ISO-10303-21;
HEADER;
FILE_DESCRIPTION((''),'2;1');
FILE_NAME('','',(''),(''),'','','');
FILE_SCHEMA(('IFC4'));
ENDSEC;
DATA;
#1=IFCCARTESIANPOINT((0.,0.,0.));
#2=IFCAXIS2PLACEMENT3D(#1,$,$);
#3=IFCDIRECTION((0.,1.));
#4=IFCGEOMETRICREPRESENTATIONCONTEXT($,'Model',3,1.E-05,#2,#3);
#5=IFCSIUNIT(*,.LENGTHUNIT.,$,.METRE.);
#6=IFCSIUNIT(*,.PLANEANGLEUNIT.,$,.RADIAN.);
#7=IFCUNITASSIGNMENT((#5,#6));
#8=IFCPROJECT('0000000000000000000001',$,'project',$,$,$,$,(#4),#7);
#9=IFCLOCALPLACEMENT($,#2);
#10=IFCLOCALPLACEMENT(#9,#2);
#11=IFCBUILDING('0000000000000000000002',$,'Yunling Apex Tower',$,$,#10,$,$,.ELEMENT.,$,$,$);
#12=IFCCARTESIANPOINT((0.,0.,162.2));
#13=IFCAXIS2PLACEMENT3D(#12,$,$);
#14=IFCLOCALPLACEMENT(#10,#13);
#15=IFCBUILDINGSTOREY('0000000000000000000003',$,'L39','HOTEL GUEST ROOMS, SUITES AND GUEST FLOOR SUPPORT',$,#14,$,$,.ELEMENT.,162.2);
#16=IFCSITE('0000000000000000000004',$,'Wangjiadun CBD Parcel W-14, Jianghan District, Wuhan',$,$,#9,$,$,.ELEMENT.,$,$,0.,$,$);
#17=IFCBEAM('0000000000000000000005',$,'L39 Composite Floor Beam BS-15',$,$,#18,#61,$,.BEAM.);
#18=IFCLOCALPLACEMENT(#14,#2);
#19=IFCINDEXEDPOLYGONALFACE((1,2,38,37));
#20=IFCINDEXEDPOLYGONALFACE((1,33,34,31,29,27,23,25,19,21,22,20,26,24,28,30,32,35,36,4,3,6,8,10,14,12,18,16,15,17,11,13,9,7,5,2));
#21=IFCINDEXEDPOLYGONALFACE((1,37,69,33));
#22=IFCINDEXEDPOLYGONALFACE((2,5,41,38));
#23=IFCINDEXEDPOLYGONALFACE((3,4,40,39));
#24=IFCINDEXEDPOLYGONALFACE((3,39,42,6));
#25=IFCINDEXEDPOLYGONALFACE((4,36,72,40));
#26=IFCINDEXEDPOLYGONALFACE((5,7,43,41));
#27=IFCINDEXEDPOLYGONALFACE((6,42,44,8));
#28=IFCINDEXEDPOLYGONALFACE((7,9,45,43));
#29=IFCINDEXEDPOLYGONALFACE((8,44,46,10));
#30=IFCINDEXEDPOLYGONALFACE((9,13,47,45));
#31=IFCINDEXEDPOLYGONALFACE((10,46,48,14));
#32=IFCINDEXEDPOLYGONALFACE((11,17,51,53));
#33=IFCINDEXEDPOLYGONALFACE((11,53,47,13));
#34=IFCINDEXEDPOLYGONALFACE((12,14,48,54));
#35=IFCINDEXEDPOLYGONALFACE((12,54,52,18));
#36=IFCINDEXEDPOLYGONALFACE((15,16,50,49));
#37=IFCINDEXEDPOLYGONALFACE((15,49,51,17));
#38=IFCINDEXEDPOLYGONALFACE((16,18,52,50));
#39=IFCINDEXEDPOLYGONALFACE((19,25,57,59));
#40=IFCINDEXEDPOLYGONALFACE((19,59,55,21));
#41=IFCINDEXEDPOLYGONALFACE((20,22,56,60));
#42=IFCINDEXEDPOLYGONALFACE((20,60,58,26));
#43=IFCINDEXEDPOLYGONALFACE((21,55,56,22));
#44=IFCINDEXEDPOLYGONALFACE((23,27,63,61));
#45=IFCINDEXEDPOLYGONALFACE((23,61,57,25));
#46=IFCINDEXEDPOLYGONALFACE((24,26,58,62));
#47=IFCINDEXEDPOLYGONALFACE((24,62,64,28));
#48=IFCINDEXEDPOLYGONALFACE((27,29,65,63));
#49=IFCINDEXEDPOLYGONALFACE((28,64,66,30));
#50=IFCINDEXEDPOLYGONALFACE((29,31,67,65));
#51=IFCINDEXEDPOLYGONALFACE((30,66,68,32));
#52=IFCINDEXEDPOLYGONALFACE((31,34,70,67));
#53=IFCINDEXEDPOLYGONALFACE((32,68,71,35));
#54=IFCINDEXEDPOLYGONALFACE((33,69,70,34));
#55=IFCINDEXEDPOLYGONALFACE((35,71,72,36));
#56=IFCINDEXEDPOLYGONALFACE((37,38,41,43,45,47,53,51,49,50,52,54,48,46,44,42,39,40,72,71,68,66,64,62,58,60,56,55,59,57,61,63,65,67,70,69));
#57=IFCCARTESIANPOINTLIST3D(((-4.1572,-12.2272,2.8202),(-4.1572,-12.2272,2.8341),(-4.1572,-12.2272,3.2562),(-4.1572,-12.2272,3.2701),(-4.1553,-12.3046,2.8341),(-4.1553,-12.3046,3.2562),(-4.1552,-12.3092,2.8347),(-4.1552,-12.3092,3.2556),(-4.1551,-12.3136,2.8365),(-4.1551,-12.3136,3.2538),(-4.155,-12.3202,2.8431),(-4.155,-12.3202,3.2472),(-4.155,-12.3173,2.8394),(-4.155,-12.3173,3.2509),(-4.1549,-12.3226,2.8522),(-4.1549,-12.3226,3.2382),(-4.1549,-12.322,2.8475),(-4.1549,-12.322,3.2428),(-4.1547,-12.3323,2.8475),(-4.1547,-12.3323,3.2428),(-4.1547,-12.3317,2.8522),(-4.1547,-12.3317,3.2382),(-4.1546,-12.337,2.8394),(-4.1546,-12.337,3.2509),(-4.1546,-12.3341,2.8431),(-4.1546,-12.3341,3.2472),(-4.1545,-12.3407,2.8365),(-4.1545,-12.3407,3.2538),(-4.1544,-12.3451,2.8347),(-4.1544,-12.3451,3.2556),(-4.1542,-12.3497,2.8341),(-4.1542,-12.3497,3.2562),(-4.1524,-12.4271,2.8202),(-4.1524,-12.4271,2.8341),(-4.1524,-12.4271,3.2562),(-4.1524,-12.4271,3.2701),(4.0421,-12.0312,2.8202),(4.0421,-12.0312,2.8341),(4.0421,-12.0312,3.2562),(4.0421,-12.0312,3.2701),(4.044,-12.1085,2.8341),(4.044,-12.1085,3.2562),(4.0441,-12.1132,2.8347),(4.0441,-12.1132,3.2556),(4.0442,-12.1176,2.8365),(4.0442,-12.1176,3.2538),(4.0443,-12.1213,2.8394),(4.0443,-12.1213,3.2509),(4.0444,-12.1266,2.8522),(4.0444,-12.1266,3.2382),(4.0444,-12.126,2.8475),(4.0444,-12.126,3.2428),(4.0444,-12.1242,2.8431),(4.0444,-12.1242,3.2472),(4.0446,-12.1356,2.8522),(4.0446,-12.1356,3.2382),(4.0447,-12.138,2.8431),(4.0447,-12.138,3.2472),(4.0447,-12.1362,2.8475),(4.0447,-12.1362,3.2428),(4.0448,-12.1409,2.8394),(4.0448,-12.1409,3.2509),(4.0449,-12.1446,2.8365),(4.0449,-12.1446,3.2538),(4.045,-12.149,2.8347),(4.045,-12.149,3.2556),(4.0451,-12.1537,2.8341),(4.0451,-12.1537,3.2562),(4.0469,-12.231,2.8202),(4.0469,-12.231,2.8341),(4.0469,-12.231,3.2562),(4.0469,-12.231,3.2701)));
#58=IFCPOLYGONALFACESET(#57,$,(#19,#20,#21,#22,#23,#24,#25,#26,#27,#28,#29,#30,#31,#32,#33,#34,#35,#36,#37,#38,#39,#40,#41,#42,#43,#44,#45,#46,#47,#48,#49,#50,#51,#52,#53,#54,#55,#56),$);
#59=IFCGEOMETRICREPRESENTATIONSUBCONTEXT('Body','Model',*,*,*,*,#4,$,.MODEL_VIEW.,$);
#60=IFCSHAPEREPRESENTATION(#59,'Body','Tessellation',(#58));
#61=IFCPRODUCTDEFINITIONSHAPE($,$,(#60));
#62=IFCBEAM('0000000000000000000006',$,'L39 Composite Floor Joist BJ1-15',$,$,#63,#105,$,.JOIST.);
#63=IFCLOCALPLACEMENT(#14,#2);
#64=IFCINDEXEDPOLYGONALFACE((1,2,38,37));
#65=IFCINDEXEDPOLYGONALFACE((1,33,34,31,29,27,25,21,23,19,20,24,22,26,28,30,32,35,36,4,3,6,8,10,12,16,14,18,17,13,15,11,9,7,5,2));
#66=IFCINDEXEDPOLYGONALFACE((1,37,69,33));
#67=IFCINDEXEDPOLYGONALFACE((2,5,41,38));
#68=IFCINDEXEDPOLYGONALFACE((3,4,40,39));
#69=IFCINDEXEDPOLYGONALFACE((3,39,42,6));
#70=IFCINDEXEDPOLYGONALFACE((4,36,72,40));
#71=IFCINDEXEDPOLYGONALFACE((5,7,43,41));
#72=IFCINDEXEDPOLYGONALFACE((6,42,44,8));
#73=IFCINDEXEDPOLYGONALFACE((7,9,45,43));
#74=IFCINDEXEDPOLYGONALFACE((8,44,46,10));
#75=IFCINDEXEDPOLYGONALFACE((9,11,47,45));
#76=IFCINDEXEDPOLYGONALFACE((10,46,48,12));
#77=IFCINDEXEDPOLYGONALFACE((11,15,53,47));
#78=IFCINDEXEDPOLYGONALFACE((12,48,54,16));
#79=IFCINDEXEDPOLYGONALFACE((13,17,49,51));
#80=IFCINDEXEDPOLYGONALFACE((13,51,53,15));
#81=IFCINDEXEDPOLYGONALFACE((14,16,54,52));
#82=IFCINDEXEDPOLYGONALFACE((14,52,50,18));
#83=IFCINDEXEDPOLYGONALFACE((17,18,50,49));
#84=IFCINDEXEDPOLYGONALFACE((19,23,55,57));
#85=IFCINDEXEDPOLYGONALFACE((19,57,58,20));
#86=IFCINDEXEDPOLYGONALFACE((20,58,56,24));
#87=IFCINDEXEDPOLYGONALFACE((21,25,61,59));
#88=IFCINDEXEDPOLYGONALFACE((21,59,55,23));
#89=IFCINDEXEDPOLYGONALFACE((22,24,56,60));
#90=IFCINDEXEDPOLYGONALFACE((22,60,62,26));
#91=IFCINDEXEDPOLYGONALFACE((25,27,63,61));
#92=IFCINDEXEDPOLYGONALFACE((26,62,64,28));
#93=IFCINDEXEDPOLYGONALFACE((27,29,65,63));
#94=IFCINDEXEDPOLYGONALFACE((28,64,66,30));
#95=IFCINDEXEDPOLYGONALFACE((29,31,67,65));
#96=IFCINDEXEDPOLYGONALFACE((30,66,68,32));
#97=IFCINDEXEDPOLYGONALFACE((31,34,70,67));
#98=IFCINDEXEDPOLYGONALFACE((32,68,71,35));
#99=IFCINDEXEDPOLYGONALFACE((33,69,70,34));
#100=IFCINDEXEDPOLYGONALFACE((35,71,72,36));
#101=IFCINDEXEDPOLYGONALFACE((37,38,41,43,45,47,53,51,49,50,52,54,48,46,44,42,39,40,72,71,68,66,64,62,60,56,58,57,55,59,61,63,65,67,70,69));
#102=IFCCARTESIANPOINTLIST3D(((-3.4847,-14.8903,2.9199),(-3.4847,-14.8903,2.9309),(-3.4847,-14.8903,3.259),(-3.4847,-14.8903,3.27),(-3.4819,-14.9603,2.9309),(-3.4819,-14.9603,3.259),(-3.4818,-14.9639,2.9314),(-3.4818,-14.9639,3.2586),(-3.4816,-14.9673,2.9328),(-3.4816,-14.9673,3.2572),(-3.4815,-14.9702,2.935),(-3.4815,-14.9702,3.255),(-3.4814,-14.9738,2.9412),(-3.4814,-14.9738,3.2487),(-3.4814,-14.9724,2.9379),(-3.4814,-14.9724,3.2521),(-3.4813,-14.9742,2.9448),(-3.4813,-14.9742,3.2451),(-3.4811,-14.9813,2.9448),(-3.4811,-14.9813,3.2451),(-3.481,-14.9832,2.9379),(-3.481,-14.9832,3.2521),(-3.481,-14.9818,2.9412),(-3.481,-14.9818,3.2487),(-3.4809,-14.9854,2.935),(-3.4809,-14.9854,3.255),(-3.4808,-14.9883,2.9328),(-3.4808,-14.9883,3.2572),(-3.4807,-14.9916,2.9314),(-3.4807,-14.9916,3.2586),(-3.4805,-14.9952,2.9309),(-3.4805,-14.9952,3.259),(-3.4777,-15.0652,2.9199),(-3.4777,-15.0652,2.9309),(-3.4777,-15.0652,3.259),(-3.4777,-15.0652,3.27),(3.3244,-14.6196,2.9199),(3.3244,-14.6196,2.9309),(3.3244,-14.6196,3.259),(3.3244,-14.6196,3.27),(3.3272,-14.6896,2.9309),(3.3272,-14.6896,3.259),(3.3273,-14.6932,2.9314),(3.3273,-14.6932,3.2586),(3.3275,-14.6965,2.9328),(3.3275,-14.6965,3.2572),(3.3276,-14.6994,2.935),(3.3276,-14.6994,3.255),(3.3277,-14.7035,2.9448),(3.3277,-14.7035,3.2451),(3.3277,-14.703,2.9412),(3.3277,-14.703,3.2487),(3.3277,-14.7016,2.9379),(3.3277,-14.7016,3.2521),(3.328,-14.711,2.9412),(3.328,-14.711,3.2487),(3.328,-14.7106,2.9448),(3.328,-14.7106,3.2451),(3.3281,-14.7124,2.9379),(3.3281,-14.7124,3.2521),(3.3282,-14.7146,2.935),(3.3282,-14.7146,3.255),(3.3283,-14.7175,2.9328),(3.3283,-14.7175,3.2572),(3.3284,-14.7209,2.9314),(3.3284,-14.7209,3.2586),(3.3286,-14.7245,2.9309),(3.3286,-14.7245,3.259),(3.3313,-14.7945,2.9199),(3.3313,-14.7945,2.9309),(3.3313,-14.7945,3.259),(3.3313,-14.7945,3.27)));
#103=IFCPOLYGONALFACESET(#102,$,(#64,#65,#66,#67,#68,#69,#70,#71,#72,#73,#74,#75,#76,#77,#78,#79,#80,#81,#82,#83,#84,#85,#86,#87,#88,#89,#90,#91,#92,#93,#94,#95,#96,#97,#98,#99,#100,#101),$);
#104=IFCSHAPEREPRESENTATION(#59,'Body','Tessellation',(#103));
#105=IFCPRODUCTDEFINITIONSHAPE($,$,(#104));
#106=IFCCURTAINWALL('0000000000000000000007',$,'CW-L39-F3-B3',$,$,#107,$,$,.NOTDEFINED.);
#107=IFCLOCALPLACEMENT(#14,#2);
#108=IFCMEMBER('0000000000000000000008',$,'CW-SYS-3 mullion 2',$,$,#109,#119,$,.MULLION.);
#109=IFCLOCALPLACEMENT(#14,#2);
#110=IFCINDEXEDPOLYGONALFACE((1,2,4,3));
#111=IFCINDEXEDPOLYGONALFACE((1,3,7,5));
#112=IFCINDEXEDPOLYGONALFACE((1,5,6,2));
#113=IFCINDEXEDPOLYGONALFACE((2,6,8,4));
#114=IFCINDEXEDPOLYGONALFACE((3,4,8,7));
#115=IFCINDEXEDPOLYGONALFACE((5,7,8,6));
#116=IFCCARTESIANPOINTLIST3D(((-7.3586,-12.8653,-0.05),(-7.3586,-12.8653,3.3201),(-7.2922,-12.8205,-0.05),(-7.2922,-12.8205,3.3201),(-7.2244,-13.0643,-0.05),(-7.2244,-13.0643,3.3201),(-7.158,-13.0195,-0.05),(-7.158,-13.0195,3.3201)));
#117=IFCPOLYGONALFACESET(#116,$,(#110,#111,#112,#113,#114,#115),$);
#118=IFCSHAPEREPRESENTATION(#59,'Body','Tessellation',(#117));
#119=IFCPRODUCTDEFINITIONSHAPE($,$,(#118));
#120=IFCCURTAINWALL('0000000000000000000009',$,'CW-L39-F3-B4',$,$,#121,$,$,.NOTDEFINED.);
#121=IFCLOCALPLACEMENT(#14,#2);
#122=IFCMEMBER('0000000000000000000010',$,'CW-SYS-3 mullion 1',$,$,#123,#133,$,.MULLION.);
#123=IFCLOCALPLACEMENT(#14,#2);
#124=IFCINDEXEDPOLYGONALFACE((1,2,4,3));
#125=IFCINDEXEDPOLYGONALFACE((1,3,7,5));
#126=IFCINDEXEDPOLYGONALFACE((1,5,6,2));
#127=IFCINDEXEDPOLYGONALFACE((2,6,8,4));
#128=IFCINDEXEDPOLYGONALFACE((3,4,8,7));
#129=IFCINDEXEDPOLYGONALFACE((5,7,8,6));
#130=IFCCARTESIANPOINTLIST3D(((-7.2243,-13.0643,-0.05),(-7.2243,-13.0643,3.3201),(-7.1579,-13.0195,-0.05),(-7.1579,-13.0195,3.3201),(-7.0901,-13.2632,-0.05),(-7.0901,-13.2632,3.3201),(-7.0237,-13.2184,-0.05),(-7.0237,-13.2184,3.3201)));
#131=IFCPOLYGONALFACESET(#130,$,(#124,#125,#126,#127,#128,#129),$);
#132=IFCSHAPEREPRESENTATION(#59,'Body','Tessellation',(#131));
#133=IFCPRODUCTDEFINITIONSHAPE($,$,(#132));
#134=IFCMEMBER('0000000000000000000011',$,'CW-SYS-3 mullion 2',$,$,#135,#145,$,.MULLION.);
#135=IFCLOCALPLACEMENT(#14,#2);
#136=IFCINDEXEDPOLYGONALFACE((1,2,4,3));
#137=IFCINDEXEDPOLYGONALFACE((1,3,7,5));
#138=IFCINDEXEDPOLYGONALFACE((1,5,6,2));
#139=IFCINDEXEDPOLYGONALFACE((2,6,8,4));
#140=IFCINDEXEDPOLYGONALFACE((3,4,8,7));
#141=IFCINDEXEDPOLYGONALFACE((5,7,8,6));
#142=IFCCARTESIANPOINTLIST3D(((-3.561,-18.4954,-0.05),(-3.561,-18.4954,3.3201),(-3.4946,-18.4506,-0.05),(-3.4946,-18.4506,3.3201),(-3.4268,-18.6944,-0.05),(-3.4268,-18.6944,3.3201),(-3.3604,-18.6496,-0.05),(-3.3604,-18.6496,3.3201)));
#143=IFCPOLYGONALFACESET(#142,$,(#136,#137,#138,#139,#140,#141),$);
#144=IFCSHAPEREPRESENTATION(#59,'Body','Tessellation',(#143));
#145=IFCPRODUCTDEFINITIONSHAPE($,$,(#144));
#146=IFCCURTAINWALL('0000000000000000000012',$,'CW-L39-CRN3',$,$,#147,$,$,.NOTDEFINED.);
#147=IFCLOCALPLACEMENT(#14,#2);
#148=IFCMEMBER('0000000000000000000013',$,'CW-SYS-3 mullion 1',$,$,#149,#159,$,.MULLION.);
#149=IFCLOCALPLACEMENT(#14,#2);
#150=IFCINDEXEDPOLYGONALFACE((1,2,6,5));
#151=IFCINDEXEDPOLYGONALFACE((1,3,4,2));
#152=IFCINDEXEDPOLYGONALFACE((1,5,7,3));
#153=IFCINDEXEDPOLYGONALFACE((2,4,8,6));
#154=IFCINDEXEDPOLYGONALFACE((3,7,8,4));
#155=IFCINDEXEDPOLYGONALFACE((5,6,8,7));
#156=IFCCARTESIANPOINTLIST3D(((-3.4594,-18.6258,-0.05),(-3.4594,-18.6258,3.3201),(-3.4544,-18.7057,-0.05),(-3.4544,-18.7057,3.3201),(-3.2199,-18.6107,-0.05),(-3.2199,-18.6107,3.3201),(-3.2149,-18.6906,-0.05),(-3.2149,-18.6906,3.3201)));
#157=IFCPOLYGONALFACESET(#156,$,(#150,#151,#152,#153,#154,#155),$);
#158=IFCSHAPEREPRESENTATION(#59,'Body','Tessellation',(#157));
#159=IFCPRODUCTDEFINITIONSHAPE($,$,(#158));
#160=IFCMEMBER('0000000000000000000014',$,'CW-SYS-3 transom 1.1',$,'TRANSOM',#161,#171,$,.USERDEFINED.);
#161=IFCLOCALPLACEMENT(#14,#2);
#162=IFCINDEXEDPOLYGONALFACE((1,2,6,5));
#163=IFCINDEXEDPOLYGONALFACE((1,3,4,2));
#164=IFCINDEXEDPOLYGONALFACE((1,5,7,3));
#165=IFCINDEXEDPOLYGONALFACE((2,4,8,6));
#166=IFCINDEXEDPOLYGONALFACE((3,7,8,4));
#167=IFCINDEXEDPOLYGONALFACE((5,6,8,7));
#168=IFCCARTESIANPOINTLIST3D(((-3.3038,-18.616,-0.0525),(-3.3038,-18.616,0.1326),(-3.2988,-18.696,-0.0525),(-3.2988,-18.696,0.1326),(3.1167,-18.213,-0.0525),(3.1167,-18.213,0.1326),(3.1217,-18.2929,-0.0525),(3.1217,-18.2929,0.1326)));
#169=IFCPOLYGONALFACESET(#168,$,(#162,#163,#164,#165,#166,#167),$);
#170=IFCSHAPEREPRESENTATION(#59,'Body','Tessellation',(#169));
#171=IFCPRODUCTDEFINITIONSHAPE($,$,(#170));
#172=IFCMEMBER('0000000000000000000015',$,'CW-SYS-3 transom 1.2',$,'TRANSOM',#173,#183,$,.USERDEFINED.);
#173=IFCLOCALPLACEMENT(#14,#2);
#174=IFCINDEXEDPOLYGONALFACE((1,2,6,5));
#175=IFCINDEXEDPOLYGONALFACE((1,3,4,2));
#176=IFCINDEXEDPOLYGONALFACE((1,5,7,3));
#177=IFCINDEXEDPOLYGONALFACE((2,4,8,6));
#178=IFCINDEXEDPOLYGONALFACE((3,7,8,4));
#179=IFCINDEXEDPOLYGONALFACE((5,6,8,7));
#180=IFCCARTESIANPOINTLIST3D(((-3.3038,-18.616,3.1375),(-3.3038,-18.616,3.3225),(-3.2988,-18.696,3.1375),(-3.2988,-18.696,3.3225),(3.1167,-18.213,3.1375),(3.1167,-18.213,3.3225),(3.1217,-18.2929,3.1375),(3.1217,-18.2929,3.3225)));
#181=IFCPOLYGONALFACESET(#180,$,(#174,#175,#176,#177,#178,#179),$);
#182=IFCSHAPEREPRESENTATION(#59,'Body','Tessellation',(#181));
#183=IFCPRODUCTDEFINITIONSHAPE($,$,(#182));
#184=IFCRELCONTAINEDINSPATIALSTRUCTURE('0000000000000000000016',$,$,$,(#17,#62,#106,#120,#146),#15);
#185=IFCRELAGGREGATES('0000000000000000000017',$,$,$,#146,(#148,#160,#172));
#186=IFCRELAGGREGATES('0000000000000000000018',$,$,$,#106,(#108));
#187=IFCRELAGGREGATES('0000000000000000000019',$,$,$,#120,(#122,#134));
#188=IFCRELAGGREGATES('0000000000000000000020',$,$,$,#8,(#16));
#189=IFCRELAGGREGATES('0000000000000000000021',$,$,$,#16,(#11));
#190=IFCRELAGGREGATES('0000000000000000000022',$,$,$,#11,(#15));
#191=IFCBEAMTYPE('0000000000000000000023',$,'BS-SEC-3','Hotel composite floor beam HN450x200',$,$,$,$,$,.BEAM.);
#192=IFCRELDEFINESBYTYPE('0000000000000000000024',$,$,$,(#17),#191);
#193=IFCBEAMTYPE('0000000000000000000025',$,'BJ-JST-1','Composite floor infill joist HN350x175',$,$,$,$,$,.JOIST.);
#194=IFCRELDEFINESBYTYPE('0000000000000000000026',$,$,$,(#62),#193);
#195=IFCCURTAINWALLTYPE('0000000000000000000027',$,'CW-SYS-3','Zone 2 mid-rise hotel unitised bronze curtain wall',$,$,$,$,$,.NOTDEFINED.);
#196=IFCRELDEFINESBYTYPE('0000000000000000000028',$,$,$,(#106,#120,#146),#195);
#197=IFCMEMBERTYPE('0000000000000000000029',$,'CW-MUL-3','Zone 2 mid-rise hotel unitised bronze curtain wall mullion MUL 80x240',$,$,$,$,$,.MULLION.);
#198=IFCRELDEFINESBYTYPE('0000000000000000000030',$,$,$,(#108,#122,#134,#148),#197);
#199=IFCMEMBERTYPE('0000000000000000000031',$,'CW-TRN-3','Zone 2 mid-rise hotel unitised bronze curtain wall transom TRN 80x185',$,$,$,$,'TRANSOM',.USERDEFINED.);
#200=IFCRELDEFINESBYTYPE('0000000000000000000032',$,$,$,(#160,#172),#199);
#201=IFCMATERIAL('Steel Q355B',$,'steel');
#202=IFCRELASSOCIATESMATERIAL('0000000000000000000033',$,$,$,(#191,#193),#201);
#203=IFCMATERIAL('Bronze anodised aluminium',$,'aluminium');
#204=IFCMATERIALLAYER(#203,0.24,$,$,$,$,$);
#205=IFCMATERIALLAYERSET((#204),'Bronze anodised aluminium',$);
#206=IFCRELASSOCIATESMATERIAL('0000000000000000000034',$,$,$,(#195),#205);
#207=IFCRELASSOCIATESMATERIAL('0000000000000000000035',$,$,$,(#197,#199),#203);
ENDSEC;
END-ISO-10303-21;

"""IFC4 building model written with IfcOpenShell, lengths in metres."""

from ifc_helpers import new_model, si_unit, direction, frame, origin, origin_2d, place, context, subcontext, project, spatial, rectangle, i_section, extrude, source, transform, mapped, material, layer, layer_set, material_profile, profile_set, type_object, element, aggregate, save


model = new_model("IFC4")

# Units and contexts
model_context = context("Model", 3, precision=1e-05, world=origin(), true_north=direction((0.0, 1.0)))
body_context = subcontext(model_context, "Body", "Model", "MODEL_VIEW")
ifc_project = project(units=[si_unit("LENGTHUNIT", "METRE"), si_unit("PLANEANGLEUNIT", "RADIAN")], contexts=[model_context])

# Site, building, storey
site_placement = place(None, origin())
site = spatial("IfcSite", under=ifc_project, at=site_placement, Name="Wangjiadun CBD Parcel W-14, Jianghan District, Wuhan", CompositionType="ELEMENT", RefElevation=0.0)
building_placement = place(site_placement, origin())
building = spatial("IfcBuilding", under=site, at=building_placement, Name="Yunling Apex Tower", CompositionType="ELEMENT")
storey_placement = place(building_placement, frame((0.0, 0.0, 162.2)))
storey = spatial("IfcBuildingStorey", under=building, at=storey_placement, Name="L39", Description="HOTEL GUEST ROOMS, SUITES AND GUEST FLOOR SUPPORT", CompositionType="ELEMENT", Elevation=162.2)

# Beams
ifc_material_1 = material(Name="Steel Q355B", Category="steel")
ifc_material_profile_1 = material_profile(ifc_material_1, i_section(OverallWidth=0.2, OverallDepth=0.45, WebThickness=0.009, FlangeThickness=0.0139, FilletRadius=0.0181, at=origin_2d()))
ifc_profile_set_1 = profile_set([ifc_material_profile_1], Name="Steel Q355B")
beam_type_1 = type_object("IfcBeamType", Name="BS-SEC-3", Description="Hotel composite floor beam HN450x200", PredefinedType="BEAM", material=ifc_profile_set_1)
shared_shape_1 = source(origin(), body_context, "Body", "SweptSolid", [
    extrude(i_section(OverallWidth=0.2, OverallDepth=0.45, WebThickness=0.009, FlangeThickness=0.0139, FilletRadius=0.0181, at=origin_2d()), origin(), (0.0, 0.0, 1.0), 8.2017),
])
beam_1_placement = place(storey_placement, frame((-4.1548, -12.3271, 3.0452), z_axis=(0.999714, 0.023903, 0.0), x_axis=(-0.023903, 0.999714, 0.0)))
element("IfcBeam", 1, at=beam_1_placement, inside=storey, type_object=beam_type_1, Name="L39 Composite Floor Beam BS-15", PredefinedType="BEAM", context=body_context, shape_type="MappedRepresentation", body=[
    mapped(shared_shape_1, transform((0.0, 0.0, 0.0), scale=1.0)),
])
ifc_material_profile_2 = material_profile(ifc_material_1, i_section(OverallWidth=0.175, OverallDepth=0.3501, WebThickness=0.0071, FlangeThickness=0.011, FilletRadius=0.0139, at=origin_2d()))
ifc_profile_set_2 = profile_set([ifc_material_profile_2], Name="Steel Q355B")
beam_type_2 = type_object("IfcBeamType", Name="BJ-JST-1", Description="Composite floor infill joist HN350x175", PredefinedType="JOIST", material=ifc_profile_set_2)
shared_shape_2 = source(origin(), body_context, "Body", "SweptSolid", [
    extrude(i_section(OverallWidth=0.175, OverallDepth=0.3501, WebThickness=0.0071, FlangeThickness=0.011, FilletRadius=0.0139, at=origin_2d()), origin(), (0.0, 0.0, 1.0), 6.8145),
])
beam_2_placement = place(storey_placement, frame((-3.4812, -14.9778, 3.095), z_axis=(0.99921, 0.039732, 0.0), x_axis=(-0.039732, 0.99921, 0.0)))
element("IfcBeam", 2, at=beam_2_placement, inside=storey, type_object=beam_type_2, Name="L39 Composite Floor Joist BJ1-15", PredefinedType="JOIST", context=body_context, shape_type="MappedRepresentation", body=[
    mapped(shared_shape_2, transform((0.0, 0.0, 0.0), scale=1.0)),
])

# Curtain wall, member
ifc_material_2 = material(Name="Bronze anodised aluminium", Category="aluminium")
ifc_layer_1 = layer(ifc_material_2, 0.24)
ifc_layer_set_1 = layer_set([ifc_layer_1], Name="Bronze anodised aluminium")
curtain_wall_type = type_object("IfcCurtainWallType", Name="CW-SYS-3", Description="Zone 2 mid-rise hotel unitised bronze curtain wall", PredefinedType="NOTDEFINED", material=ifc_layer_set_1)
curtain_wall_1_placement = place(storey_placement, origin())
curtain_wall_1 = element("IfcCurtainWall", 3, at=curtain_wall_1_placement, inside=storey, type_object=curtain_wall_type, Name="CW-L39-F3-B3", PredefinedType="NOTDEFINED")
ifc_material_profile_3 = material_profile(ifc_material_2, rectangle(XDim=0.0801, YDim=0.24, at=origin_2d()))
ifc_profile_set_3 = profile_set([ifc_material_profile_3], Name="Bronze anodised aluminium")
member_type_1 = type_object("IfcMemberType", Name="CW-MUL-3", Description="Zone 2 mid-rise hotel unitised bronze curtain wall mullion MUL 80x240", PredefinedType="MULLION", material=ifc_profile_set_3)
shared_shape_3 = source(origin(), body_context, "Body", "SweptSolid", [
    extrude(rectangle(XDim=0.0801, YDim=0.24, at=origin_2d()), origin(), (0.0, 0.0, 1.0), 3.3701),
])
member_1_placement = place(storey_placement, frame((-7.2583, -12.9424, -0.05), z_axis=(0.0, 0.0, 1.0), x_axis=(0.829041, 0.559188, 0.0)))
member_1 = element("IfcMember", 4, at=member_1_placement, type_object=member_type_1, Name="CW-SYS-3 mullion 2", PredefinedType="MULLION", context=body_context, shape_type="MappedRepresentation", body=[
    mapped(shared_shape_3, transform((0.0, 0.0, 0.0), scale=1.0)),
])

# Curtain walls, members
curtain_wall_2_placement = place(storey_placement, origin())
curtain_wall_2 = element("IfcCurtainWall", 5, at=curtain_wall_2_placement, inside=storey, type_object=curtain_wall_type, Name="CW-L39-F3-B4", PredefinedType="NOTDEFINED")
member_2_placement = place(storey_placement, frame((-7.124, -13.1414, -0.05), z_axis=(0.0, 0.0, 1.0), x_axis=(0.829045, 0.559181, 0.0)))
member_2 = element("IfcMember", 6, at=member_2_placement, type_object=member_type_1, Name="CW-SYS-3 mullion 1", PredefinedType="MULLION", context=body_context, shape_type="MappedRepresentation", body=[
    mapped(shared_shape_3, transform((0.0, 0.0, 0.0), scale=1.0)),
])
member_3_placement = place(storey_placement, frame((-3.4607, -18.5725, -0.05), z_axis=(0.0, 0.0, 1.0), x_axis=(0.829045, 0.559181, 0.0)))
member_3 = element("IfcMember", 7, at=member_3_placement, type_object=member_type_1, Name="CW-SYS-3 mullion 2", PredefinedType="MULLION", context=body_context, shape_type="MappedRepresentation", body=[
    mapped(shared_shape_3, transform((0.0, 0.0, 0.0), scale=1.0)),
])
curtain_wall_3_placement = place(storey_placement, origin())
curtain_wall_3 = element("IfcCurtainWall", 8, at=curtain_wall_3_placement, inside=storey, type_object=curtain_wall_type, Name="CW-L39-CRN3", PredefinedType="NOTDEFINED")
member_4_placement = place(storey_placement, frame((-3.3372, -18.6582, -0.05), z_axis=(0.0, 0.0, 1.0), x_axis=(-0.062672, 0.998034, 0.0)))
member_4 = element("IfcMember", 9, at=member_4_placement, type_object=member_type_1, Name="CW-SYS-3 mullion 1", PredefinedType="MULLION", context=body_context, shape_type="MappedRepresentation", body=[
    mapped(shared_shape_3, transform((0.0, 0.0, 0.0), scale=1.0)),
])
ifc_material_profile_4 = material_profile(ifc_material_2, rectangle(XDim=0.0801, YDim=0.1851, at=origin_2d()))
ifc_profile_set_4 = profile_set([ifc_material_profile_4], Name="Bronze anodised aluminium")
member_type_2 = type_object("IfcMemberType", Name="CW-TRN-3", Description="Zone 2 mid-rise hotel unitised bronze curtain wall transom TRN 80x185", ElementType="TRANSOM", PredefinedType="USERDEFINED", material=ifc_profile_set_4)
shared_shape_4 = source(origin(), body_context, "Body", "SweptSolid", [
    extrude(rectangle(XDim=0.0801, YDim=0.1851, at=origin_2d()), origin(), (0.0, 0.0, 1.0), 6.4331),
])
member_5_placement = place(storey_placement, frame((-3.3013, -18.656, 0.04), z_axis=(0.998035, 0.062657, 0.0), x_axis=(-0.062657, 0.998035, 0.0)))
member_5 = element("IfcMember", 10, at=member_5_placement, type_object=member_type_2, Name="CW-SYS-3 transom 1.1", ObjectType="TRANSOM", PredefinedType="USERDEFINED", context=body_context, shape_type="MappedRepresentation", body=[
    mapped(shared_shape_4, transform((0.0, 0.0, 0.0), scale=1.0)),
])
member_6_placement = place(storey_placement, frame((-3.3013, -18.656, 3.23), z_axis=(0.998035, 0.062657, 0.0), x_axis=(-0.062657, 0.998035, 0.0)))
member_6 = element("IfcMember", 11, at=member_6_placement, type_object=member_type_2, Name="CW-SYS-3 transom 1.2", ObjectType="TRANSOM", PredefinedType="USERDEFINED", context=body_context, shape_type="MappedRepresentation", body=[
    mapped(shared_shape_4, transform((0.0, 0.0, 0.0), scale=1.0)),
])
aggregate(curtain_wall_3, [member_4, member_5, member_6])

aggregate(curtain_wall_1, [member_1])
aggregate(curtain_wall_2, [member_2, member_3])

save(model, "model.ifc")
